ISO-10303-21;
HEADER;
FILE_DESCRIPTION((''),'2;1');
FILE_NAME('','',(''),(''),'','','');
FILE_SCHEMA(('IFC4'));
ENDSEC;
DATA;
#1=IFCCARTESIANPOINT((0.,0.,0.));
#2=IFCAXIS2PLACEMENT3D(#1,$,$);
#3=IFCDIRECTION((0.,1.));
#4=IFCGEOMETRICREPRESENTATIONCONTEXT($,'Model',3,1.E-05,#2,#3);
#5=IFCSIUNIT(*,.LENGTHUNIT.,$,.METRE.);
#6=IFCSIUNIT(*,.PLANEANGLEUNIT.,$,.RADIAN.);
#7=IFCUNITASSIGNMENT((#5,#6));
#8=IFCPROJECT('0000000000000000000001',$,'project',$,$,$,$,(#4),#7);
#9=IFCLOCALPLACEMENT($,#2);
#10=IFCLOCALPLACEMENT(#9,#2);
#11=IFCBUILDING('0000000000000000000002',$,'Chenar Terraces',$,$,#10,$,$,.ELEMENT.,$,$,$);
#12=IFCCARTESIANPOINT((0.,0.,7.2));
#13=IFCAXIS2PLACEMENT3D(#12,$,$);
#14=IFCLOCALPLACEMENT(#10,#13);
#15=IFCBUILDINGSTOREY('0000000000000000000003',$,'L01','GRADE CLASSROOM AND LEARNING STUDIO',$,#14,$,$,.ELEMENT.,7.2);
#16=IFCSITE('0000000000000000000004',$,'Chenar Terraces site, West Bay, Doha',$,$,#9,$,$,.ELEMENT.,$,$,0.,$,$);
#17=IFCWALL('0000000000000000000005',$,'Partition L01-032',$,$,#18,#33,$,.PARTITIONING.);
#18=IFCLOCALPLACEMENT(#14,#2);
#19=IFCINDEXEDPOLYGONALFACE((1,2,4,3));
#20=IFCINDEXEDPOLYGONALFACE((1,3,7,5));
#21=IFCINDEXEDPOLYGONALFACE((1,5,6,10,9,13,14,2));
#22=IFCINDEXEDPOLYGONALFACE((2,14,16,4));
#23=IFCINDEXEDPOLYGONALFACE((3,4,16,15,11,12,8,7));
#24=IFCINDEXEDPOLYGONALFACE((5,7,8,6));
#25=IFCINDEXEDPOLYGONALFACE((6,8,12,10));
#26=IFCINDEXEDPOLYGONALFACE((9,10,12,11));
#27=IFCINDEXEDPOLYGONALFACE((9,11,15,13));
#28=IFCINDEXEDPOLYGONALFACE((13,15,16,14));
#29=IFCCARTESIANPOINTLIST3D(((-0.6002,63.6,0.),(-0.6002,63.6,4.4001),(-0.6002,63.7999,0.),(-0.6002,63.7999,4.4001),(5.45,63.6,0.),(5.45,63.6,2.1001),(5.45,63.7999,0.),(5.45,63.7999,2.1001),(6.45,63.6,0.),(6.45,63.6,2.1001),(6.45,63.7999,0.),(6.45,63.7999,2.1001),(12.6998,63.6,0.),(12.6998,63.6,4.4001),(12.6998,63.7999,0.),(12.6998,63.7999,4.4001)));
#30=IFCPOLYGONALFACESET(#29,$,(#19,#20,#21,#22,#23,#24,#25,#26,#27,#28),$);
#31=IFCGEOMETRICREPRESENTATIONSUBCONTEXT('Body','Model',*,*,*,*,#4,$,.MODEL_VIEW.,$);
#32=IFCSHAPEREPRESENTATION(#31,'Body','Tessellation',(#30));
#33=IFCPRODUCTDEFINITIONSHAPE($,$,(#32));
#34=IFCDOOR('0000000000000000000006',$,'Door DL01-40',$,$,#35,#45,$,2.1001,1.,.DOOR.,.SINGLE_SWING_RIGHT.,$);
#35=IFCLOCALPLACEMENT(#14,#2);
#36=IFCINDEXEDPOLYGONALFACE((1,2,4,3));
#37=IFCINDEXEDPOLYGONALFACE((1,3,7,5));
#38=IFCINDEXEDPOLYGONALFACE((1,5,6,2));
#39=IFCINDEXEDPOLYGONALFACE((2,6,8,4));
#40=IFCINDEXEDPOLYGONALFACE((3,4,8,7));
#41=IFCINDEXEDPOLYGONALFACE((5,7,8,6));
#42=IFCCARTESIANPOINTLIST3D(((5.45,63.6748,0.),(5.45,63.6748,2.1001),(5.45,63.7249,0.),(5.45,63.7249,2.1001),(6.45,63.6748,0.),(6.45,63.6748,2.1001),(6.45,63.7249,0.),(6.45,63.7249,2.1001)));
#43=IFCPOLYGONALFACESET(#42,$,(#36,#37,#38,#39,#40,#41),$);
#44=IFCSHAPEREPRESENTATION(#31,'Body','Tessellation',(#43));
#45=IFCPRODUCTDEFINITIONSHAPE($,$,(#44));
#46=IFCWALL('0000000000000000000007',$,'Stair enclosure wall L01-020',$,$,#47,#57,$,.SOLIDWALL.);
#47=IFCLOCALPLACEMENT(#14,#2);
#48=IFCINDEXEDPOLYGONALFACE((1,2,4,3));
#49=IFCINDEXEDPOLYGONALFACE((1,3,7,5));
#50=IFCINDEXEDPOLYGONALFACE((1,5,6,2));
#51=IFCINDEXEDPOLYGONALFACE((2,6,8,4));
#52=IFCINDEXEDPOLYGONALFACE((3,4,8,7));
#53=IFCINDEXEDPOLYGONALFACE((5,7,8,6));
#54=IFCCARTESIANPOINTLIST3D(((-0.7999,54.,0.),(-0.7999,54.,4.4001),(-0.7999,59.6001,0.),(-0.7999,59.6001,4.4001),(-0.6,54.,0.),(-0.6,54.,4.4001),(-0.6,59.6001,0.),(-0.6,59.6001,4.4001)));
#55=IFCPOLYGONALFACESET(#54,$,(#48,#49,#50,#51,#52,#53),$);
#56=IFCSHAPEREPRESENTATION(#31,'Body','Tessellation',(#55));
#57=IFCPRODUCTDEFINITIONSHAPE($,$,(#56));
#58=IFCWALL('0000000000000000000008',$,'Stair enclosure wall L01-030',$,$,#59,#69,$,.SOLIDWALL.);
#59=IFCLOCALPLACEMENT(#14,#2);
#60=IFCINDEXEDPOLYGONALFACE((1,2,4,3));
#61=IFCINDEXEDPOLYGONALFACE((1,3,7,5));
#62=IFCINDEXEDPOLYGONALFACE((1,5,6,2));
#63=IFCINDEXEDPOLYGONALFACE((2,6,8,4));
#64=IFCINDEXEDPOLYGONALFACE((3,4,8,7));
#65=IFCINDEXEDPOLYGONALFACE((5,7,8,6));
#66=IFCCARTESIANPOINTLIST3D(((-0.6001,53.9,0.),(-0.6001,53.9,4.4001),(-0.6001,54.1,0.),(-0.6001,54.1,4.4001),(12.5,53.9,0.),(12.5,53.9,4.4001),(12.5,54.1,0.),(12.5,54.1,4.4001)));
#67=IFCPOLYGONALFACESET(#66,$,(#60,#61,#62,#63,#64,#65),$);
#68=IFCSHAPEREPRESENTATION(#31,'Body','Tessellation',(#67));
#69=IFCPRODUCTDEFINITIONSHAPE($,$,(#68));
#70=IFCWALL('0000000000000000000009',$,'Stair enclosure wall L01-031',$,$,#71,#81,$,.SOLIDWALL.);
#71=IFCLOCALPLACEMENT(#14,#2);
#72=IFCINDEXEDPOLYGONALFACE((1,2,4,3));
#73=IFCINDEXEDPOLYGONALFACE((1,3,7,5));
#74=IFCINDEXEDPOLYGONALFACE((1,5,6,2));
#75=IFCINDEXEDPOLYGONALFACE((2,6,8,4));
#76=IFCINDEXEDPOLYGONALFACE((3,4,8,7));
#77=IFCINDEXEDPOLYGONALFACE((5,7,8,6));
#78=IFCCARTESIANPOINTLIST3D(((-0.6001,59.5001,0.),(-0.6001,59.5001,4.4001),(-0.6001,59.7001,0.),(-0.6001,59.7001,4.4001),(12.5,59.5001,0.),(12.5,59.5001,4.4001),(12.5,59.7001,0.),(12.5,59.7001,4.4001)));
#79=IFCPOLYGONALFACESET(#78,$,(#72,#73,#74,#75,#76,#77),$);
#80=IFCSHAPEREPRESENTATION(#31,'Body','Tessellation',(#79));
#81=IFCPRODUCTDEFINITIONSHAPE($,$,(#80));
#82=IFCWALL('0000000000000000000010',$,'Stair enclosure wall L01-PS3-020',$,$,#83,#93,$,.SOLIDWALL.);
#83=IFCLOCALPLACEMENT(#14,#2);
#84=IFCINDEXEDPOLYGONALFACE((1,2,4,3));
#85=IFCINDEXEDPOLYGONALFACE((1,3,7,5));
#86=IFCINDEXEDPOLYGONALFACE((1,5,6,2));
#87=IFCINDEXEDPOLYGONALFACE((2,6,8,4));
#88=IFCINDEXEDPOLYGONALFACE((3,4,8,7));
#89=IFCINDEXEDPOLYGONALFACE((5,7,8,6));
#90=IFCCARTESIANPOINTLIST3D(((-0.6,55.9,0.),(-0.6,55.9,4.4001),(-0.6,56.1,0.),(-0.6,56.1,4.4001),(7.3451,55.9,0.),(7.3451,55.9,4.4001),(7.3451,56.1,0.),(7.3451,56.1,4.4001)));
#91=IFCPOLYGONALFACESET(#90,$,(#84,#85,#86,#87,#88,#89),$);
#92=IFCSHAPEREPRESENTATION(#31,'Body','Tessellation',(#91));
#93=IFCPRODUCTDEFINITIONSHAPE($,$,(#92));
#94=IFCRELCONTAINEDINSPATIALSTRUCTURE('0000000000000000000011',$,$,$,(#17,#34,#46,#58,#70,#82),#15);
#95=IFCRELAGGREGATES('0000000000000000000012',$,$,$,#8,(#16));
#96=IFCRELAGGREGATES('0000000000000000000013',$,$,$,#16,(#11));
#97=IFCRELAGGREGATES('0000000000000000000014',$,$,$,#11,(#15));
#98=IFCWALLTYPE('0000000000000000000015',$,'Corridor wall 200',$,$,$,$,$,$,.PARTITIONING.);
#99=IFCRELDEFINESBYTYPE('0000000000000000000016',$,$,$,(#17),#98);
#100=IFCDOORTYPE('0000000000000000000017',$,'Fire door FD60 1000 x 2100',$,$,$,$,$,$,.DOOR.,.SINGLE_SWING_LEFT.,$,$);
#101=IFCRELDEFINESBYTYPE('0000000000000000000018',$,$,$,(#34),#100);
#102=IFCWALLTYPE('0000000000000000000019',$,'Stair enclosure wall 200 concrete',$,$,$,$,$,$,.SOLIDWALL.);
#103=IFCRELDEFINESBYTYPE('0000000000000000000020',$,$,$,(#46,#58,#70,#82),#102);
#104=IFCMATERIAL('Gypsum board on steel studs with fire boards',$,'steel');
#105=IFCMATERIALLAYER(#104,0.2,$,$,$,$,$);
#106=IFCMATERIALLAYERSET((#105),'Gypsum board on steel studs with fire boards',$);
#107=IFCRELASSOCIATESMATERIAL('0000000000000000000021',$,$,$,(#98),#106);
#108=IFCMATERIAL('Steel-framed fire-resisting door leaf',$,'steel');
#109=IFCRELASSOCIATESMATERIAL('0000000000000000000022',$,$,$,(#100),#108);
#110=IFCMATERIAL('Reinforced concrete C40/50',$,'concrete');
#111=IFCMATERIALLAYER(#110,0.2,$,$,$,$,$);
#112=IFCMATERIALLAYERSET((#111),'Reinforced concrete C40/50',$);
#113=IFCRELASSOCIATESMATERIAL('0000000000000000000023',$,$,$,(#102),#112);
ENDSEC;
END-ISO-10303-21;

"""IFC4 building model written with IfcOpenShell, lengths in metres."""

from ifc_helpers import new_model, si_unit, direction, frame, frame_2d, origin, place, context, subcontext, project, spatial, rectangle, extrude, material, layer, layer_set, type_object, element, fill, save


model = new_model("IFC4")

# Units and contexts
model_context = context("Model", 3, precision=1e-05, world=origin(), true_north=direction((0.0, 1.0)))
body_context = subcontext(model_context, "Body", "Model", "MODEL_VIEW")
ifc_project = project(units=[si_unit("LENGTHUNIT", "METRE"), si_unit("PLANEANGLEUNIT", "RADIAN")], contexts=[model_context])

# Site, building, storey
site_placement = place(None, origin())
site = spatial("IfcSite", under=ifc_project, at=site_placement, Name="Chenar Terraces site, West Bay, Doha", CompositionType="ELEMENT", RefElevation=0.0)
building_placement = place(site_placement, origin())
building = spatial("IfcBuilding", under=site, at=building_placement, Name="Chenar Terraces", CompositionType="ELEMENT")
storey_placement = place(building_placement, frame((0.0, 0.0, 7.2)))
storey = spatial("IfcBuildingStorey", under=building, at=storey_placement, Name="L01", Description="GRADE CLASSROOM AND LEARNING STUDIO", CompositionType="ELEMENT", Elevation=7.2)

# Shared definitions
ifc_material_1 = material(Name="Gypsum board on steel studs with fire boards", Category="steel")
ifc_layer_1 = layer(ifc_material_1, 0.2)
ifc_layer_set_1 = layer_set([ifc_layer_1], Name="Gypsum board on steel studs with fire boards")
wall_type_1 = type_object("IfcWallType", Name="Corridor wall 200", PredefinedType="PARTITIONING", material=ifc_layer_set_1)

# Wall, opening, door
wall_1_placement = place(storey_placement, frame((-0.6001, 63.7, 0.0), z_axis=(0.0, 0.0, 1.0), x_axis=(1.0, 0.0, 0.0)))
wall_1 = element("IfcWall", 1, at=wall_1_placement, inside=storey, type_object=wall_type_1, Name="Partition L01-032", PredefinedType="PARTITIONING", context=body_context, shape_type="SweptSolid", body=[
    extrude(rectangle(XDim=13.3, YDim=0.2, at=frame_2d((6.6499, 0.0))), origin(), (0.0, 0.0, 1.0), 4.4001),
])
opening_1_placement = place(wall_1_placement, frame((6.05, 0.0, 0.0)))
opening_1 = element("IfcOpeningElement", 2, at=opening_1_placement, cuts=wall_1, PredefinedType="OPENING", context=body_context, shape_type="SweptSolid", body=[
    extrude(rectangle(XDim=1.0, YDim=2.1001, at=frame_2d((0.5, 1.05))), frame((0.0, 0.1099, 0.0), z_axis=(0.0, -1.0, 0.0), x_axis=(1.0, 0.0, 0.0)), (0.0, 0.0, 1.0), 0.22),
])
ifc_material_2 = material(Name="Steel-framed fire-resisting door leaf", Category="steel")
door_type_1 = type_object("IfcDoorType", Name="Fire door FD60 1000 x 2100", OperationType="SINGLE_SWING_LEFT", PredefinedType="DOOR", material=ifc_material_2)
door_1_placement = place(opening_1_placement, origin())
door_1 = element("IfcDoor", 3, at=door_1_placement, inside=storey, type_object=door_type_1, Name="Door DL01-40", OperationType="SINGLE_SWING_RIGHT", OverallHeight=2.1001, OverallWidth=1.0, PredefinedType="DOOR", context=body_context, shape_type="SweptSolid", body=[
    extrude(rectangle(XDim=1.0, YDim=2.1001, at=frame_2d((0.5, 1.05))), frame((0.0, 0.0249, 0.0), z_axis=(0.0, -1.0, 0.0), x_axis=(1.0, 0.0, 0.0)), (0.0, 0.0, 1.0), 0.05),
])
fill(opening_1, door_1)

# Walls
ifc_material_3 = material(Name="Reinforced concrete C40/50", Category="concrete")
ifc_layer_2 = layer(ifc_material_3, 0.2)
ifc_layer_set_2 = layer_set([ifc_layer_2], Name="Reinforced concrete C40/50")
wall_type_2 = type_object("IfcWallType", Name="Stair enclosure wall 200 concrete", PredefinedType="SOLIDWALL", material=ifc_layer_set_2)
wall_2_placement = place(storey_placement, frame((-0.7, 54.0, 0.0), z_axis=(0.0, 0.0, 1.0), x_axis=(0.0, 1.0, 0.0)))
element("IfcWall", 4, at=wall_2_placement, inside=storey, type_object=wall_type_2, Name="Stair enclosure wall L01-020", PredefinedType="SOLIDWALL", context=body_context, shape_type="SweptSolid", body=[
    extrude(rectangle(XDim=5.6001, YDim=0.2, at=frame_2d((2.8, 0.0))), origin(), (0.0, 0.0, 1.0), 4.4001),
])
for number, where, z_axis, x_axis, name in (
    (5, (-0.6001, 54.0, 0.0), (0.0, 0.0, 1.0), (1.0, 0.0, 0.0), "Stair enclosure wall L01-030"),
    (6, (-0.6001, 59.6001, 0.0), (0.0, 0.0, 1.0), (1.0, 0.0, 0.0), "Stair enclosure wall L01-031"),
):
    element("IfcWall", number, at=place(storey_placement, frame(where, z_axis=z_axis, x_axis=x_axis)), inside=storey, type_object=wall_type_2, Name=name, PredefinedType="SOLIDWALL", context=body_context, shape_type="SweptSolid", body=[
        extrude(rectangle(XDim=13.1001, YDim=0.2, at=frame_2d((6.55, 0.0))), origin(), (0.0, 0.0, 1.0), 4.4001),
    ])
wall_3_placement = place(storey_placement, frame((-0.6001, 56.0, 0.0), z_axis=(0.0, 0.0, 1.0), x_axis=(1.0, 0.0, 0.0)))
element("IfcWall", 7, at=wall_3_placement, inside=storey, type_object=wall_type_2, Name="Stair enclosure wall L01-PS3-020", PredefinedType="SOLIDWALL", context=body_context, shape_type="SweptSolid", body=[
    extrude(rectangle(XDim=7.9451, YDim=0.2, at=frame_2d((3.9727, 0.0))), origin(), (0.0, 0.0, 1.0), 4.4001),
])

save(model, "model.ifc")
